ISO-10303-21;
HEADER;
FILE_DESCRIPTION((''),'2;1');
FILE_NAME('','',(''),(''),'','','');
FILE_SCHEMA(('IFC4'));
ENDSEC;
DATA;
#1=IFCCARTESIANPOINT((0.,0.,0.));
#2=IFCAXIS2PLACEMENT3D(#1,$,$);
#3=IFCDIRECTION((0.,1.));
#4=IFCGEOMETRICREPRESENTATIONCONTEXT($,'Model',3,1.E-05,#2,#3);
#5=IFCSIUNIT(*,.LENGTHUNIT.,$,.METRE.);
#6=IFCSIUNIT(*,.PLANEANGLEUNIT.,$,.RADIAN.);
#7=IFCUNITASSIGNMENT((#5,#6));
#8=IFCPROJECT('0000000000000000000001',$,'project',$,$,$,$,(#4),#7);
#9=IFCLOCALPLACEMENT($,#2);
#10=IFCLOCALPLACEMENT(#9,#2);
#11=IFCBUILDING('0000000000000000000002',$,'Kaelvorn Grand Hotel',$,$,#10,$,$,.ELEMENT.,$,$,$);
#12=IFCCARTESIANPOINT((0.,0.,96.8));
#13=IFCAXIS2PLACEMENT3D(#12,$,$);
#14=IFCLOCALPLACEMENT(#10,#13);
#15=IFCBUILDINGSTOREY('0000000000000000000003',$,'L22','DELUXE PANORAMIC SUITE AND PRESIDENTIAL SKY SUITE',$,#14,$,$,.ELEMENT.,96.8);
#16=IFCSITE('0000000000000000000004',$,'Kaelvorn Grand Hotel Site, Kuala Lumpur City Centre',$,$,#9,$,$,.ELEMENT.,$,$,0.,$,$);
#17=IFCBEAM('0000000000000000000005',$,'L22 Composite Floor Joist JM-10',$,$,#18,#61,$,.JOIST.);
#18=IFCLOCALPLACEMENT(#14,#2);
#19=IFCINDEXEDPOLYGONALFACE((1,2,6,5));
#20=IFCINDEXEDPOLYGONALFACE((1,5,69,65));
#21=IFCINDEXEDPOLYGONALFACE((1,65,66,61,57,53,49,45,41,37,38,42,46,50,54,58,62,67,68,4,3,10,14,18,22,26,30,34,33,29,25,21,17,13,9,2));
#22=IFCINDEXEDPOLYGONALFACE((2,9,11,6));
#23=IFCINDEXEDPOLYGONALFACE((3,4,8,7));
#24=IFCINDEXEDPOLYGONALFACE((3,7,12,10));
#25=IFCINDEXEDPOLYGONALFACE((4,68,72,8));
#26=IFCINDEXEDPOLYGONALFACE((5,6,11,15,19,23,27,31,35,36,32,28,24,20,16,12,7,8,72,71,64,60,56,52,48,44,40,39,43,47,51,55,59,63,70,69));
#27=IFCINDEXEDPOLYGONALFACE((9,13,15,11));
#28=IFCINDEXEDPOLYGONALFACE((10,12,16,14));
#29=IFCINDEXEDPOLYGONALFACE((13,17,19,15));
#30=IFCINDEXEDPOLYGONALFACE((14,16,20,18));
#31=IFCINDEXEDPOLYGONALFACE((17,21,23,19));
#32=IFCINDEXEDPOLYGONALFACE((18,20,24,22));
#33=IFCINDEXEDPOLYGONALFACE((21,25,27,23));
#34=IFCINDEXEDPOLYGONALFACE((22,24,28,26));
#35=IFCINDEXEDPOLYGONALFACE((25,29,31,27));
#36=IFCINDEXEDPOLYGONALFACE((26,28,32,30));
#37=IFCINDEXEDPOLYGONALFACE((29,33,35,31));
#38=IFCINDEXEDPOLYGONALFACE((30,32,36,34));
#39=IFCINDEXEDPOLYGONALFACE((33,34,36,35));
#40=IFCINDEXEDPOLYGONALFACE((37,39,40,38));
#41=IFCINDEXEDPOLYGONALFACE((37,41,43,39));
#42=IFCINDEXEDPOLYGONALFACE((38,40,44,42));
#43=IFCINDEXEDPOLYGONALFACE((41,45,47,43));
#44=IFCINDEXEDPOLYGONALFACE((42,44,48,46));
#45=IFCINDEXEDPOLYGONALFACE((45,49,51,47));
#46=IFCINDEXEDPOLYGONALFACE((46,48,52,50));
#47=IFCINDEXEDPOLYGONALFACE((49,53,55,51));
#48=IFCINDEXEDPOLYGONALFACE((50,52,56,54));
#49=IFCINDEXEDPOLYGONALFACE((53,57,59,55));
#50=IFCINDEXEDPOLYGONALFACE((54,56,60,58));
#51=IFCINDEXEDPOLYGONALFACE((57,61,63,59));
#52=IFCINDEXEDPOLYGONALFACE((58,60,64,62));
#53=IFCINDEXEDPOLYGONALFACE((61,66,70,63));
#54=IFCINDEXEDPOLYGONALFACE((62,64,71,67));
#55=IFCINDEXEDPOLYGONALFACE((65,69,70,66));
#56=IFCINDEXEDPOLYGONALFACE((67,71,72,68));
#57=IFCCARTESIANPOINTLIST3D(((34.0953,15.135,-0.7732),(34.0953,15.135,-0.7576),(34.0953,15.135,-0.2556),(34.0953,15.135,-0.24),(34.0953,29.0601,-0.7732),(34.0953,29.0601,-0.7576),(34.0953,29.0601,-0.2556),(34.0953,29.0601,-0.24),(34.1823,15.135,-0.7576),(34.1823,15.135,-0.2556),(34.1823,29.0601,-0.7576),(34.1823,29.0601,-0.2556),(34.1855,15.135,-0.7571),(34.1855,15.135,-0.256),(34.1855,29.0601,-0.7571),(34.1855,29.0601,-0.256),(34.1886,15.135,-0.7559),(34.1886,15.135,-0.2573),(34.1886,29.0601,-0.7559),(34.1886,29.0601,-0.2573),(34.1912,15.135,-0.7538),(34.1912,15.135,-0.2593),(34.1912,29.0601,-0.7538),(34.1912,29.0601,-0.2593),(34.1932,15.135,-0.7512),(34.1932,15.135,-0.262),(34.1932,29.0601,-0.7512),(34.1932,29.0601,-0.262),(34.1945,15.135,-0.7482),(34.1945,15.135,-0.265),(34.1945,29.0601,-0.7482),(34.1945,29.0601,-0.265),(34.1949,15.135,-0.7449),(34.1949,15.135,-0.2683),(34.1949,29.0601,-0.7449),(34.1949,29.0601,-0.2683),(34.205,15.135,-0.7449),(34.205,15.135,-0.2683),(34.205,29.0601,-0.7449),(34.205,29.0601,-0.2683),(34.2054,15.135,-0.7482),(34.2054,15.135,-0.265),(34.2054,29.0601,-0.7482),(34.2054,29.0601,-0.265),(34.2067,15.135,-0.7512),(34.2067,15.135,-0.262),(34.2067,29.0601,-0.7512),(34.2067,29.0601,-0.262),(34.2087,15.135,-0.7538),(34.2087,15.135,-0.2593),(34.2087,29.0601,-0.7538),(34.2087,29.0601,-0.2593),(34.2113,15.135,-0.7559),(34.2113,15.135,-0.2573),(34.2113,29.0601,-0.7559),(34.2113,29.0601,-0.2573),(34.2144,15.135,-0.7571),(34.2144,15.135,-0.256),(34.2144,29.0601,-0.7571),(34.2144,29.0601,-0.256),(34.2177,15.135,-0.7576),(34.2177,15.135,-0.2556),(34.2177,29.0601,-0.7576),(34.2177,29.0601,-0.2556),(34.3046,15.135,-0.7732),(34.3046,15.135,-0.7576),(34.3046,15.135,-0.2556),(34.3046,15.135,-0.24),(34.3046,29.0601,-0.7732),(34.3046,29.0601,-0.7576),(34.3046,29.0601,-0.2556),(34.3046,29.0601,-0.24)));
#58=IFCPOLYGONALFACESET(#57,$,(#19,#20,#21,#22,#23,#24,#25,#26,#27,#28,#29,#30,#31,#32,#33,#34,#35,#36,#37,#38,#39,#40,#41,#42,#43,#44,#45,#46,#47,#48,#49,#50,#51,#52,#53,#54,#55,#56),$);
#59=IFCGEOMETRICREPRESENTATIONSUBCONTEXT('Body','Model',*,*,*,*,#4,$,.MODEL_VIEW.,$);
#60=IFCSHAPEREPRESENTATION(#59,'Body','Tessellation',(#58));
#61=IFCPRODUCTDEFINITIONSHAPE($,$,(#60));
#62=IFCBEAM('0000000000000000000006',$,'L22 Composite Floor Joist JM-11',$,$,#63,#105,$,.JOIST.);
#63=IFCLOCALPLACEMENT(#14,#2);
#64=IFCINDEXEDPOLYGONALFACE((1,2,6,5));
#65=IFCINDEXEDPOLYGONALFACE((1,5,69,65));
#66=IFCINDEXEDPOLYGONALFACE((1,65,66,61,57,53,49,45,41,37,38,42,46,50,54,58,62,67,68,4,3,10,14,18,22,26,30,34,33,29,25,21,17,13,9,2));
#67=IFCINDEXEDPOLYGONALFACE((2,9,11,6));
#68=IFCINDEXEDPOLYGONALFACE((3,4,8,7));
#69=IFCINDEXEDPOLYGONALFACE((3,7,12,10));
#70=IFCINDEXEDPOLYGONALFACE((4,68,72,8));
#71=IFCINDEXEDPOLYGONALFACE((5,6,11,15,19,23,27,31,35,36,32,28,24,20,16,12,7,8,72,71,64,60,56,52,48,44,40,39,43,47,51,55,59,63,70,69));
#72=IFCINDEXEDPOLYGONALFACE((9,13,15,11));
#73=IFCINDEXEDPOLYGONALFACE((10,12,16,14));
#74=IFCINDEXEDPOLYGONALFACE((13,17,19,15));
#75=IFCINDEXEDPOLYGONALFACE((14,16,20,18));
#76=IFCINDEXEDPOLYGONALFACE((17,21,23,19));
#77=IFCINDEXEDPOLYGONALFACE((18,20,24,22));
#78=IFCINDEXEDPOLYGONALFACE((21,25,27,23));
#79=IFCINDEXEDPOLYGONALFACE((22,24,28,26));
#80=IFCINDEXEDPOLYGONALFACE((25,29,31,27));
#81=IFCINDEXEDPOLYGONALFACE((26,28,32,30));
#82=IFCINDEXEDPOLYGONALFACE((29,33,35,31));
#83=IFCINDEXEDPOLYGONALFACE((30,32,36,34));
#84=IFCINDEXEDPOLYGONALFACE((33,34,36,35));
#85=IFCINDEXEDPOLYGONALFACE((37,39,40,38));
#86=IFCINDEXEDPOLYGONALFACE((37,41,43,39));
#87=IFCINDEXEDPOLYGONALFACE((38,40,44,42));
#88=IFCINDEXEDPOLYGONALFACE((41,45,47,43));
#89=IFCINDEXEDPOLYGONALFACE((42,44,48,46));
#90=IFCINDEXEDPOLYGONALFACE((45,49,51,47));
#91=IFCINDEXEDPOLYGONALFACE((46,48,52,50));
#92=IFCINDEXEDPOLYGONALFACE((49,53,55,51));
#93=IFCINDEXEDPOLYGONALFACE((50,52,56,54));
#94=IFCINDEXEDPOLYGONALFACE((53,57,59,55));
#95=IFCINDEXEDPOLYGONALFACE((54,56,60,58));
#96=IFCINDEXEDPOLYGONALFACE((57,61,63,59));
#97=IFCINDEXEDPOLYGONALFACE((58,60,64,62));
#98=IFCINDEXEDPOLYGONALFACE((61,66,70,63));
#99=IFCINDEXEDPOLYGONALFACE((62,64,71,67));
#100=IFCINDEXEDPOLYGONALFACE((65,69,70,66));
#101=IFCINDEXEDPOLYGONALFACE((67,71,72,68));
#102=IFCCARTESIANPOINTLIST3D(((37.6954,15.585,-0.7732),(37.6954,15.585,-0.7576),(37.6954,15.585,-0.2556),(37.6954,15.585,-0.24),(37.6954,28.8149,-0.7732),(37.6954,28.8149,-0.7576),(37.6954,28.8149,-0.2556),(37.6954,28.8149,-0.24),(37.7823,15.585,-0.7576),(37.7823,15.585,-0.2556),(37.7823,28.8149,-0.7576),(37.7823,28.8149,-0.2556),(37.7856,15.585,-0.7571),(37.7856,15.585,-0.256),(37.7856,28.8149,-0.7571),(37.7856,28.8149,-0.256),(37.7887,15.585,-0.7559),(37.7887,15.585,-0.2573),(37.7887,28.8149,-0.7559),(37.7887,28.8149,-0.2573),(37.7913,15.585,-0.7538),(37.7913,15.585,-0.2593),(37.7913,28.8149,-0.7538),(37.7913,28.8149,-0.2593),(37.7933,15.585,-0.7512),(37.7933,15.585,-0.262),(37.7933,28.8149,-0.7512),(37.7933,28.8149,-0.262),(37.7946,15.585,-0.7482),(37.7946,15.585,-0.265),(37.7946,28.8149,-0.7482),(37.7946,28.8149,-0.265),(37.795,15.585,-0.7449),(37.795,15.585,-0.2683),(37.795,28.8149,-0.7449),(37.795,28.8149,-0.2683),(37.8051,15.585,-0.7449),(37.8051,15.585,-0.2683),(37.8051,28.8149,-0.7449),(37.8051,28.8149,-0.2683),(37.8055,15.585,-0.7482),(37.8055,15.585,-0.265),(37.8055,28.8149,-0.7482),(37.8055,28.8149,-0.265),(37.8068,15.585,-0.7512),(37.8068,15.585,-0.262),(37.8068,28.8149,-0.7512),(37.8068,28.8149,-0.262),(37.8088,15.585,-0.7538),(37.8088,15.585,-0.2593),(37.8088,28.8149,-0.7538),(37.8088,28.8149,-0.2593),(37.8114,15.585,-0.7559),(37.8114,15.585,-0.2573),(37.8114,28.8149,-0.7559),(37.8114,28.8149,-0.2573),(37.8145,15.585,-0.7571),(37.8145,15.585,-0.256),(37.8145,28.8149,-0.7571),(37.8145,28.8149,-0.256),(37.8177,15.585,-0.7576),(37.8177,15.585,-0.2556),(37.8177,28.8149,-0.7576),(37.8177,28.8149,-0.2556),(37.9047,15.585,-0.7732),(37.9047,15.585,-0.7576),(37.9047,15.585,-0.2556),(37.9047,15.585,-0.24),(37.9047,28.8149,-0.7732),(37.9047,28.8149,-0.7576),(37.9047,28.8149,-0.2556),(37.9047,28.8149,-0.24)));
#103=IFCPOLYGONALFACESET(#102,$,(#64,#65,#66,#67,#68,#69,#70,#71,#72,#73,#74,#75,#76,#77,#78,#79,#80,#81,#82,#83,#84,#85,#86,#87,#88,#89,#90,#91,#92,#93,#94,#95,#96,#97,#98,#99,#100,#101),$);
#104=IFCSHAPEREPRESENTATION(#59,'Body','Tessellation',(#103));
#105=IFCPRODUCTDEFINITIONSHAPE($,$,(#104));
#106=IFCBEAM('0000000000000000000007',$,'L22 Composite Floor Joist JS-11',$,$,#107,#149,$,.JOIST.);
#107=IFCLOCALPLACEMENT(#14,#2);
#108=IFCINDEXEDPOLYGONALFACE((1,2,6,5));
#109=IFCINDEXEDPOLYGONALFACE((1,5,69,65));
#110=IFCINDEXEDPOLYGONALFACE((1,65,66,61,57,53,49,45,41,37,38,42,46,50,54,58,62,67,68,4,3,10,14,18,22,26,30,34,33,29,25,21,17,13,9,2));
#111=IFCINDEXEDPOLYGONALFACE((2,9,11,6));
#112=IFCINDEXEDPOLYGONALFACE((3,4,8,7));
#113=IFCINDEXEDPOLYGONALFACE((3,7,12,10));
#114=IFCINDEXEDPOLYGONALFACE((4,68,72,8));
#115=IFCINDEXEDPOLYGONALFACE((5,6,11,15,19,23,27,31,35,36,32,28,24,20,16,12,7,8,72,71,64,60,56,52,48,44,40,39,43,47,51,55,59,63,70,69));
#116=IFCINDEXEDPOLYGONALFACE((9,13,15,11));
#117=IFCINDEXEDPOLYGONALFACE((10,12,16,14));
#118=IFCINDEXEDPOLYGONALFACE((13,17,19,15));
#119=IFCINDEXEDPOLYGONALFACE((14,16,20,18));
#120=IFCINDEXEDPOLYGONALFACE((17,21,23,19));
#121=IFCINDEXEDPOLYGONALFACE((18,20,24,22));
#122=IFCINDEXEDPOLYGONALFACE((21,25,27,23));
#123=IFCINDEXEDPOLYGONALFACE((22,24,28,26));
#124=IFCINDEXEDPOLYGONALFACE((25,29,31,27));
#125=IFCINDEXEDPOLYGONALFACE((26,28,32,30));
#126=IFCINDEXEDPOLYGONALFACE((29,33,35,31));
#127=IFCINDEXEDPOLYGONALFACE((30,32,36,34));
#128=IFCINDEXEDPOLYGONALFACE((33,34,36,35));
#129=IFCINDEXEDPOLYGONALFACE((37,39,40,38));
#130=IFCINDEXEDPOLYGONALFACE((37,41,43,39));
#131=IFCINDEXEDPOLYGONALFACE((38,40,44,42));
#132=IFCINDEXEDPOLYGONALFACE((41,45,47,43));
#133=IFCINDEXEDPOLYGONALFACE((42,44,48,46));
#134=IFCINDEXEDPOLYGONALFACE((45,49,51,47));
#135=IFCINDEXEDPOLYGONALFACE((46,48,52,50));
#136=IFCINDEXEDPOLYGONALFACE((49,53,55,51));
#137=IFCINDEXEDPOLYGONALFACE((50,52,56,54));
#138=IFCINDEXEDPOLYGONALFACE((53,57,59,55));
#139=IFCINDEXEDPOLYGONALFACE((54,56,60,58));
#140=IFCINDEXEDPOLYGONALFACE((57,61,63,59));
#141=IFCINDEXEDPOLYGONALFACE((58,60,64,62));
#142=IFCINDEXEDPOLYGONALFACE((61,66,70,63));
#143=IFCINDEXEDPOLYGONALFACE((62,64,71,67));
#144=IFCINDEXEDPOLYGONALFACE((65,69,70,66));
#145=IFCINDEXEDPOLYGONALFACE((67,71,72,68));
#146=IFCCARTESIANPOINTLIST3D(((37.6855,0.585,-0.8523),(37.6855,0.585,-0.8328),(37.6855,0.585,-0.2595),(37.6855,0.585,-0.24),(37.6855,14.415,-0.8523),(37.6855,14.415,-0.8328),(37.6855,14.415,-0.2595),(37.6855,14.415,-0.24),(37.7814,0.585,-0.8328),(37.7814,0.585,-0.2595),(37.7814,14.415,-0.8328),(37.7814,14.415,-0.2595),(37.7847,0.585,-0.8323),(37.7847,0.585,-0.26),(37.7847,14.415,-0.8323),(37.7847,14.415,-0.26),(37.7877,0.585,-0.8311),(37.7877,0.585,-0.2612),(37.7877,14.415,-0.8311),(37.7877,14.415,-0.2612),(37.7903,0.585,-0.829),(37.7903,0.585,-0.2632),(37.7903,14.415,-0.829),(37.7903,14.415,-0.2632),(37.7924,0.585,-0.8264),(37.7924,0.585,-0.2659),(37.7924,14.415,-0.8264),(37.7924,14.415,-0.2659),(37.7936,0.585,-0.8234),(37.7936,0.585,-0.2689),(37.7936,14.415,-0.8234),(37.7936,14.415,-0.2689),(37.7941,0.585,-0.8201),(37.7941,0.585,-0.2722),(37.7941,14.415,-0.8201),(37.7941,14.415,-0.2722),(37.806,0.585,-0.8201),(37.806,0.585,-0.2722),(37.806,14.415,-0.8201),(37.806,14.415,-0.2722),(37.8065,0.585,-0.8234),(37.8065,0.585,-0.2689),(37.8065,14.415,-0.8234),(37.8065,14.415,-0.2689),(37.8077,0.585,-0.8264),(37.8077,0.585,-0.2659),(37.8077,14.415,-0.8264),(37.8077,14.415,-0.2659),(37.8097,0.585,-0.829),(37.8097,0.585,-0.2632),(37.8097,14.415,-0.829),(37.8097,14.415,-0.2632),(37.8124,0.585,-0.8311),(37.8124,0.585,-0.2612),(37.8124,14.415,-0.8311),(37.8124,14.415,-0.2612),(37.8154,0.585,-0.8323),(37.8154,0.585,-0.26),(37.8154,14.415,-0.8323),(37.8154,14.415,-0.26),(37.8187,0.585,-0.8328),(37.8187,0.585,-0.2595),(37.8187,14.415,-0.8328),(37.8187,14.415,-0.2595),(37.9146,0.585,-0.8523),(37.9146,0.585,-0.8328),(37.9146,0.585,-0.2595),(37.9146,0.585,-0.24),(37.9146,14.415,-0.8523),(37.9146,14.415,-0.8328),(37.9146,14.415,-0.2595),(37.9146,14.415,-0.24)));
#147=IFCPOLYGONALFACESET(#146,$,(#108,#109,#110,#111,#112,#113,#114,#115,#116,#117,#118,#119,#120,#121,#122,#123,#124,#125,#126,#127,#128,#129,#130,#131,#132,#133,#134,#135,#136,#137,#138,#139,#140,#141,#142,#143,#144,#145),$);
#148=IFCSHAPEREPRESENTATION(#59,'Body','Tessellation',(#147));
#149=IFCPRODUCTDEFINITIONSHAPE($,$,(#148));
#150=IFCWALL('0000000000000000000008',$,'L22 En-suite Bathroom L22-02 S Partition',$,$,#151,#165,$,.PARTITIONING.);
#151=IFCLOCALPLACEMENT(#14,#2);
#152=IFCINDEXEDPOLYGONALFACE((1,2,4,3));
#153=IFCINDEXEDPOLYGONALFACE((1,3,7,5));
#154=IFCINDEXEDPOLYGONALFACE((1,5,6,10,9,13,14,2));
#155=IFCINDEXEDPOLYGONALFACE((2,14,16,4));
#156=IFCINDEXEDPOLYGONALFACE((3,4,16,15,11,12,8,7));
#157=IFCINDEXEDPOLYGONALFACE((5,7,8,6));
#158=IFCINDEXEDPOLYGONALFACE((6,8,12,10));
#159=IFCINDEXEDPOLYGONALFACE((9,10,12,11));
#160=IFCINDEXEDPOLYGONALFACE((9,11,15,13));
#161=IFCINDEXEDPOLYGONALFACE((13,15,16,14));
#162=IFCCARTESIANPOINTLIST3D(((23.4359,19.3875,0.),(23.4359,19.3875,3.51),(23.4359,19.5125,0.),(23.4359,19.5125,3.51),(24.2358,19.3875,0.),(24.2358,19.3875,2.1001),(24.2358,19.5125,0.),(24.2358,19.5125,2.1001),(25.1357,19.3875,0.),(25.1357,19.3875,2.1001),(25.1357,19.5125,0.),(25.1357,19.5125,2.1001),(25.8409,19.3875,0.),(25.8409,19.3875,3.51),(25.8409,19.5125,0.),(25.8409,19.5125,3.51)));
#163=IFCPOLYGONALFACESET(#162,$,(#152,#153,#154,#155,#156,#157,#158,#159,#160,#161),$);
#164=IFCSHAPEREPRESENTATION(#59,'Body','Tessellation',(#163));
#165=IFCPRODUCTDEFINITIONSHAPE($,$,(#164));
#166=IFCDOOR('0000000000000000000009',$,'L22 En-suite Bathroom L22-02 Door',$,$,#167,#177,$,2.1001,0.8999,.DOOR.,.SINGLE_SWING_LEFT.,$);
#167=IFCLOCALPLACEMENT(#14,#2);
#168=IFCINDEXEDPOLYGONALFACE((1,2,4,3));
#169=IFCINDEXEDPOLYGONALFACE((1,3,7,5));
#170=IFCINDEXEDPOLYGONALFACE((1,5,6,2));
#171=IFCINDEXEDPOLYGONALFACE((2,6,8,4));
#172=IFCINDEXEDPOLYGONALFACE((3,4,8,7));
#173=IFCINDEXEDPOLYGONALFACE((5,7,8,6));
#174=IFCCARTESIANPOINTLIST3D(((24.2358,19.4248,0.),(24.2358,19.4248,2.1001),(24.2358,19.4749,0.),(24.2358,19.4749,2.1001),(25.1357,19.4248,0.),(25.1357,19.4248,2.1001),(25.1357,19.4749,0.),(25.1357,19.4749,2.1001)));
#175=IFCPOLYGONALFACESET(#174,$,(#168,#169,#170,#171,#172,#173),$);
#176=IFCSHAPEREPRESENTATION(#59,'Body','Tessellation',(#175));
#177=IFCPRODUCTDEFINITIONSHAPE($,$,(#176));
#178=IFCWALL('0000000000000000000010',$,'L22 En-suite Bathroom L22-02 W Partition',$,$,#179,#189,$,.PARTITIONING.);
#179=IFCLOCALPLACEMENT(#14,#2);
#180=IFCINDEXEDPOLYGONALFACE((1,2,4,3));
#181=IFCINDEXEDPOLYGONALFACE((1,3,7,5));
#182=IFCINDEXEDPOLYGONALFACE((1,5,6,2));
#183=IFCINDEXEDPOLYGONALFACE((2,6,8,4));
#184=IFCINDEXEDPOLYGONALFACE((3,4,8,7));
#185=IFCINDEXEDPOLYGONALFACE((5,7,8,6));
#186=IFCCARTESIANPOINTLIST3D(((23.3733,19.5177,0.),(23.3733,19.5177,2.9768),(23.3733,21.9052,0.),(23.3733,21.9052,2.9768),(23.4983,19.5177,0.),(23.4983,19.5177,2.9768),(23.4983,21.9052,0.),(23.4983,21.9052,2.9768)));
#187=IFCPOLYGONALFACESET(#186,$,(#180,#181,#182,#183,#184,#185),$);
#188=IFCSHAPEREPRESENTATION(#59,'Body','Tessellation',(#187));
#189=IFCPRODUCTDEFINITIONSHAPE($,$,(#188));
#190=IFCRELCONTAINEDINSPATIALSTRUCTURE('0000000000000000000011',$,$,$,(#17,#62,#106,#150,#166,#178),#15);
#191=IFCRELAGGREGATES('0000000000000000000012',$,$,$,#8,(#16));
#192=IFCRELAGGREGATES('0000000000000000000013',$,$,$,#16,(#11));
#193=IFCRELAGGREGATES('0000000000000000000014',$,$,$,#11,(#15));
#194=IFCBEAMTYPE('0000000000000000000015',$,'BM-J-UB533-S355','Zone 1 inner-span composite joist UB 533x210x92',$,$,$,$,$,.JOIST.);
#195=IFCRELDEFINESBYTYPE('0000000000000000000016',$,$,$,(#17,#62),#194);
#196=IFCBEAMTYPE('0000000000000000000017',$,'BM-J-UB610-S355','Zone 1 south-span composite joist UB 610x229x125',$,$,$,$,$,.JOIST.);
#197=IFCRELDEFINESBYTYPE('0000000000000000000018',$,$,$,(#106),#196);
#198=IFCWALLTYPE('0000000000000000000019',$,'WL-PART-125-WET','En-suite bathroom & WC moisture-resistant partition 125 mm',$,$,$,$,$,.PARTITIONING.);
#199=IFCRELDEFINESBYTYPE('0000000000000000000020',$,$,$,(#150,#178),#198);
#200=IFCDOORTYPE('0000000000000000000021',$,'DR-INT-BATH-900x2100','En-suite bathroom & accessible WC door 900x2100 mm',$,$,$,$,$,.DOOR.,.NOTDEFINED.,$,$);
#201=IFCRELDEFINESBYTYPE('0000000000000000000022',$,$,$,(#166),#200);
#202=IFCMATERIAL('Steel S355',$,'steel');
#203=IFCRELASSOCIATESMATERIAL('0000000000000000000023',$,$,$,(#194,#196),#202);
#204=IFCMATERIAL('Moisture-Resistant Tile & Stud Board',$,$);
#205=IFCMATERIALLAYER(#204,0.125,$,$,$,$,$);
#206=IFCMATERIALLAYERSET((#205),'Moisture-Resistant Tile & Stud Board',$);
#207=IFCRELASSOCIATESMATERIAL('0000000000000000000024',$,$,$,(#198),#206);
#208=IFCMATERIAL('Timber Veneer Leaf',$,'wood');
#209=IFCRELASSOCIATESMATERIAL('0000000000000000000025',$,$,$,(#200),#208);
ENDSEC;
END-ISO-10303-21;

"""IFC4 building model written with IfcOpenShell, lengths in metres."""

from ifc_helpers import new_model, si_unit, direction, frame, frame_2d, origin, origin_2d, place, context, subcontext, project, spatial, rectangle, i_section, extrude, material, layer, layer_set, material_profile, profile_set, type_object, element, fill, save


model = new_model("IFC4")

# Units and contexts
model_context = context("Model", 3, precision=1e-05, world=origin(), true_north=direction((0.0, 1.0)))
body_context = subcontext(model_context, "Body", "Model", "MODEL_VIEW")
ifc_project = project(units=[si_unit("LENGTHUNIT", "METRE"), si_unit("PLANEANGLEUNIT", "RADIAN")], contexts=[model_context])

# Site, building, storey
site_placement = place(None, origin())
site = spatial("IfcSite", under=ifc_project, at=site_placement, Name="Kaelvorn Grand Hotel Site, Kuala Lumpur City Centre", CompositionType="ELEMENT", RefElevation=0.0)
building_placement = place(site_placement, origin())
building = spatial("IfcBuilding", under=site, at=building_placement, Name="Kaelvorn Grand Hotel", CompositionType="ELEMENT")
storey_placement = place(building_placement, frame((0.0, 0.0, 96.8)))
storey = spatial("IfcBuildingStorey", under=building, at=storey_placement, Name="L22", Description="DELUXE PANORAMIC SUITE AND PRESIDENTIAL SKY SUITE", CompositionType="ELEMENT", Elevation=96.8)

# Beams
ifc_material_1 = material(Name="Steel S355", Category="steel")
ifc_material_profile_1 = material_profile(ifc_material_1, i_section(OverallWidth=0.2092, OverallDepth=0.5332, WebThickness=0.01, FlangeThickness=0.0156, FilletRadius=0.0127, at=origin_2d()), Name="UB 533x210x92")
ifc_profile_set_1 = profile_set([ifc_material_profile_1], Name="Steel S355")
beam_type_1 = type_object("IfcBeamType", Name="BM-J-UB533-S355", Description="Zone 1 inner-span composite joist UB 533x210x92", PredefinedType="JOIST", material=ifc_profile_set_1)
beam_1_placement = place(storey_placement, frame((34.2, 15.135, -0.5066), z_axis=(0.0, 1.0, 0.0), x_axis=(-1.0, 0.0, 0.0)))
element("IfcBeam", 1, at=beam_1_placement, inside=storey, type_object=beam_type_1, Name="L22 Composite Floor Joist JM-10", PredefinedType="JOIST", context=body_context, shape_type="SweptSolid", body=[
    extrude(i_section(OverallWidth=0.2092, OverallDepth=0.5332, WebThickness=0.01, FlangeThickness=0.0156, FilletRadius=0.0127, at=origin_2d()), origin(), (0.0, 0.0, 1.0), 13.925),
])
beam_2_placement = place(storey_placement, frame((37.8, 15.585, -0.5066), z_axis=(0.0, 1.0, 0.0), x_axis=(-1.0, 0.0, 0.0)))
element("IfcBeam", 2, at=beam_2_placement, inside=storey, type_object=beam_type_1, Name="L22 Composite Floor Joist JM-11", PredefinedType="JOIST", context=body_context, shape_type="SweptSolid", body=[
    extrude(i_section(OverallWidth=0.2092, OverallDepth=0.5332, WebThickness=0.01, FlangeThickness=0.0156, FilletRadius=0.0127, at=origin_2d()), origin(), (0.0, 0.0, 1.0), 13.23),
])
ifc_material_profile_2 = material_profile(ifc_material_1, i_section(OverallWidth=0.229, OverallDepth=0.6123, WebThickness=0.012, FlangeThickness=0.0195, FilletRadius=0.0127, at=origin_2d()), Name="UB 610x229x125")
ifc_profile_set_2 = profile_set([ifc_material_profile_2], Name="Steel S355")
beam_type_2 = type_object("IfcBeamType", Name="BM-J-UB610-S355", Description="Zone 1 south-span composite joist UB 610x229x125", PredefinedType="JOIST", material=ifc_profile_set_2)
beam_3_placement = place(storey_placement, frame((37.8, 0.585, -0.5461), z_axis=(0.0, 1.0, 0.0), x_axis=(-1.0, 0.0, 0.0)))
element("IfcBeam", 3, at=beam_3_placement, inside=storey, type_object=beam_type_2, Name="L22 Composite Floor Joist JS-11", PredefinedType="JOIST", context=body_context, shape_type="SweptSolid", body=[
    extrude(i_section(OverallWidth=0.229, OverallDepth=0.6123, WebThickness=0.012, FlangeThickness=0.0195, FilletRadius=0.0127, at=origin_2d()), origin(), (0.0, 0.0, 1.0), 13.8301),
])

# Wall, opening, door
ifc_material_2 = material(Name="Moisture-Resistant Tile & Stud Board")
ifc_layer_1 = layer(ifc_material_2, 0.125)
ifc_layer_set_1 = layer_set([ifc_layer_1], Name="Moisture-Resistant Tile & Stud Board")
wall_type_1 = type_object("IfcWallType", Name="WL-PART-125-WET", Description="En-suite bathroom & WC moisture-resistant partition 125 mm", PredefinedType="PARTITIONING", material=ifc_layer_set_1)
wall_1_placement = place(storey_placement, frame((23.4358, 19.45, 0.0), z_axis=(0.0, 0.0, 1.0), x_axis=(1.0, 0.0, 0.0)))
wall_1 = element("IfcWall", 4, at=wall_1_placement, inside=storey, type_object=wall_type_1, Name="L22 En-suite Bathroom L22-02 S Partition", PredefinedType="PARTITIONING", context=body_context, shape_type="SweptSolid", body=[
    extrude(rectangle(XDim=2.405, YDim=0.125, at=frame_2d((1.2026, 0.0))), origin(), (0.0, 0.0, 1.0), 3.51),
])
opening_1_placement = place(wall_1_placement, frame((0.8, 0.0, 0.0)))
opening_1 = element("IfcOpeningElement", 5, at=opening_1_placement, cuts=wall_1, PredefinedType="OPENING", context=body_context, shape_type="SweptSolid", body=[
    extrude(rectangle(XDim=0.8999, YDim=2.1001, at=frame_2d((0.45, 1.05))), frame((0.0, 0.0725, 0.0), z_axis=(0.0, -1.0, 0.0), x_axis=(1.0, 0.0, 0.0)), (0.0, 0.0, 1.0), 0.145),
])
ifc_material_3 = material(Name="Timber Veneer Leaf", Category="wood")
door_type_1 = type_object("IfcDoorType", Name="DR-INT-BATH-900x2100", Description="En-suite bathroom & accessible WC door 900x2100 mm", OperationType="NOTDEFINED", PredefinedType="DOOR", material=ifc_material_3)
door_1_placement = place(opening_1_placement, origin())
door_1 = element("IfcDoor", 6, at=door_1_placement, inside=storey, type_object=door_type_1, Name="L22 En-suite Bathroom L22-02 Door", OperationType="SINGLE_SWING_LEFT", OverallHeight=2.1001, OverallWidth=0.8999, PredefinedType="DOOR", context=body_context, shape_type="SweptSolid", body=[
    extrude(rectangle(XDim=0.8999, YDim=2.1001, at=frame_2d((0.45, 1.05))), frame((0.0, 0.0249, 0.0), z_axis=(0.0, -1.0, 0.0), x_axis=(1.0, 0.0, 0.0)), (0.0, 0.0, 1.0), 0.05),
])
fill(opening_1, door_1)

# Wall
wall_2_placement = place(storey_placement, frame((23.4358, 19.5176, 0.0), z_axis=(0.0, 0.0, 1.0), x_axis=(0.0, 1.0, 0.0)))
element("IfcWall", 7, at=wall_2_placement, inside=storey, type_object=wall_type_1, Name="L22 En-suite Bathroom L22-02 W Partition", PredefinedType="PARTITIONING", context=body_context, shape_type="SweptSolid", body=[
    extrude(rectangle(XDim=2.3875, YDim=0.125, at=frame_2d((1.1938, 0.0))), origin(), (0.0, 0.0, 1.0), 2.9768),
])

save(model, "model.ifc")
